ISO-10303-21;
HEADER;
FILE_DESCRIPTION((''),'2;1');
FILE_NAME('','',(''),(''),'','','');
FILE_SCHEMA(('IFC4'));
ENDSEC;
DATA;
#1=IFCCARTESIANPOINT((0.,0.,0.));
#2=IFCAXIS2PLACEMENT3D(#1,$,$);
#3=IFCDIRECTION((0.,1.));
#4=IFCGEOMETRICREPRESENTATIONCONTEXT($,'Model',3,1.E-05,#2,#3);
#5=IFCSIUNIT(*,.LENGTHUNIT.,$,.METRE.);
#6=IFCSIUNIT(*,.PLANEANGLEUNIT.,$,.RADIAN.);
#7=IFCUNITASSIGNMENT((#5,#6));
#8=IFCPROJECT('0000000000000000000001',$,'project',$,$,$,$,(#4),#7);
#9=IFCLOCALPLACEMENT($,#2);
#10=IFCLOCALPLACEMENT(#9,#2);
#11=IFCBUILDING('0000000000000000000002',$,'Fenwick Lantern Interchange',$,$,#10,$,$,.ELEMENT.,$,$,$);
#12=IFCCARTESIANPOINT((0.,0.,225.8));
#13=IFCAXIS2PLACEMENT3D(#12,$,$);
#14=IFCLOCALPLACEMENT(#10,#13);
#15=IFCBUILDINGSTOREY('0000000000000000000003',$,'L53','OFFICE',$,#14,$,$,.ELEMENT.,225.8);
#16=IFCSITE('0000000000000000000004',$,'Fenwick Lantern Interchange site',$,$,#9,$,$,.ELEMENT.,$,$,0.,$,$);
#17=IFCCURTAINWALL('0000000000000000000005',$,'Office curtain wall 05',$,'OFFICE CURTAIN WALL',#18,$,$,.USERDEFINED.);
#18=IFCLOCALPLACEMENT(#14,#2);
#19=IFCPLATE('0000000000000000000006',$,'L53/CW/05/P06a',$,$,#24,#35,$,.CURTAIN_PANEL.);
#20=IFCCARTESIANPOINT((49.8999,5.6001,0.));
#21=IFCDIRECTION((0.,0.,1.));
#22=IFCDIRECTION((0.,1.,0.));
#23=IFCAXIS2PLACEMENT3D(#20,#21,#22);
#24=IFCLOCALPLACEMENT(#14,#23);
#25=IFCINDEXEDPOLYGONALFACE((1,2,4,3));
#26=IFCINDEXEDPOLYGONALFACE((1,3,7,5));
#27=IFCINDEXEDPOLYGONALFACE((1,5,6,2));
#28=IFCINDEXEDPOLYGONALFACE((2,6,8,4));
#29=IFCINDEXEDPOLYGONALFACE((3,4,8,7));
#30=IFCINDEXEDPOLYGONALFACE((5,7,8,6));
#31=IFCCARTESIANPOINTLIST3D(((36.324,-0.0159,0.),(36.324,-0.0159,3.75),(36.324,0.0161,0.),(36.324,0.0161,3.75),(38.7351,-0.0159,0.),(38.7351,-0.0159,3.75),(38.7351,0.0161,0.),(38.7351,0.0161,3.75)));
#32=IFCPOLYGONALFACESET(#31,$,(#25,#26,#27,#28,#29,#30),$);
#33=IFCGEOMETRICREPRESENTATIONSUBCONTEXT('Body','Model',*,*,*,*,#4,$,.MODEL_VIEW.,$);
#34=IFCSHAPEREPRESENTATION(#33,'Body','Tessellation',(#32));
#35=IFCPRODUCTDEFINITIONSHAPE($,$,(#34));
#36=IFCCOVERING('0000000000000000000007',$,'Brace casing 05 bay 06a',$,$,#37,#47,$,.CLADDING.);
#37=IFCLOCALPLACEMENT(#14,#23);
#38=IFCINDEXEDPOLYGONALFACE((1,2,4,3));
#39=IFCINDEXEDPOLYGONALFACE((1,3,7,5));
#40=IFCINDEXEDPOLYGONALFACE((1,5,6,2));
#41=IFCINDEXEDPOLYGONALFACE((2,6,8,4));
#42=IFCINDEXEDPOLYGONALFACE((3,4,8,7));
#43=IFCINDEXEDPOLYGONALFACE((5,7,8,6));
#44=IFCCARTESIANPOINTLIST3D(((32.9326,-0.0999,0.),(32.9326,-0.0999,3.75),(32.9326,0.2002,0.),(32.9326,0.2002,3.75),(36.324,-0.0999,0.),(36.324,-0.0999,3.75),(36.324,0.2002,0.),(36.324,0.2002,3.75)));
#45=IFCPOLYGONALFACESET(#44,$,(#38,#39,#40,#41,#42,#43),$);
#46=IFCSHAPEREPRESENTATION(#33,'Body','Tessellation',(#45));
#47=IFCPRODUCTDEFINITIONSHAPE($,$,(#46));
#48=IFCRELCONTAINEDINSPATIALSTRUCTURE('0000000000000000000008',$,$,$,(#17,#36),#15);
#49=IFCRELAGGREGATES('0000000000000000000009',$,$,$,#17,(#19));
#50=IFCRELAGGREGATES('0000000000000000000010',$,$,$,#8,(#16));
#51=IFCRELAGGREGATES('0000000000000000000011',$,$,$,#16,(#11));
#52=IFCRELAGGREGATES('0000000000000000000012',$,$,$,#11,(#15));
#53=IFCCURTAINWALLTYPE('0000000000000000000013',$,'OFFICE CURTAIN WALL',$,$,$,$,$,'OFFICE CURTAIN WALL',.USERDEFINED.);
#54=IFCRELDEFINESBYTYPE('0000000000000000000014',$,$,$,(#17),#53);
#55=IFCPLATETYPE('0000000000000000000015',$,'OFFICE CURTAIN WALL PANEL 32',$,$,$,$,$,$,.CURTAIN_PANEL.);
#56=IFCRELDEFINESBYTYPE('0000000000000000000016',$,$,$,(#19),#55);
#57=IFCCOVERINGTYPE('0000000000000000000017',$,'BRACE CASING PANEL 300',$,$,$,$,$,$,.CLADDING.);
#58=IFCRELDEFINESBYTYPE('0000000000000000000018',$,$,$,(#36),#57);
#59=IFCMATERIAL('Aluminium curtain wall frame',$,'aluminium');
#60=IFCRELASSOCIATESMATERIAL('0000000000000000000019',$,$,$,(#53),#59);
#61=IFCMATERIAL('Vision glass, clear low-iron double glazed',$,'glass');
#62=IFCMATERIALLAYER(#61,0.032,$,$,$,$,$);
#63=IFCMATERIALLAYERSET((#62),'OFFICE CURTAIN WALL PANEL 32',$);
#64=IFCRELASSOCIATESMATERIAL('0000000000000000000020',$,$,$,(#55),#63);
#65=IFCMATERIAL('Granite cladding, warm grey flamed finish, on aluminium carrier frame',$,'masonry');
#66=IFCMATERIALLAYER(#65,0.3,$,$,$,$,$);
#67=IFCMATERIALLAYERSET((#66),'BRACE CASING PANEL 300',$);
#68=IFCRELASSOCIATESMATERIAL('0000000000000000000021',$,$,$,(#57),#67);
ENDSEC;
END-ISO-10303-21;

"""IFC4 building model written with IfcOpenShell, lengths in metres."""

from ifc_helpers import new_model, si_unit, direction, frame, origin, place, context, subcontext, project, spatial, polyline, outline, extrude, material, layer, layer_set, type_object, element, aggregate, save


model = new_model("IFC4")

# Units and contexts
model_context = context("Model", 3, precision=1e-05, world=origin(), true_north=direction((0.0, 1.0)))
body_context = subcontext(model_context, "Body", "Model", "MODEL_VIEW")
ifc_project = project(units=[si_unit("LENGTHUNIT", "METRE"), si_unit("PLANEANGLEUNIT", "RADIAN")], contexts=[model_context])

# Site, building, storey
site_placement = place(None, origin())
site = spatial("IfcSite", under=ifc_project, at=site_placement, Name="Fenwick Lantern Interchange site", CompositionType="ELEMENT", RefElevation=0.0)
building_placement = place(site_placement, origin())
building = spatial("IfcBuilding", under=site, at=building_placement, Name="Fenwick Lantern Interchange", CompositionType="ELEMENT")
storey_placement = place(building_placement, frame((0.0, 0.0, 225.8)))
storey = spatial("IfcBuildingStorey", under=building, at=storey_placement, Name="L53", Description="OFFICE", CompositionType="ELEMENT", Elevation=225.8)

# Curtain wall, plate
ifc_material_1 = material(Name="Aluminium curtain wall frame", Category="aluminium")
curtain_wall_type = type_object("IfcCurtainWallType", Name="OFFICE CURTAIN WALL", ElementType="OFFICE CURTAIN WALL", PredefinedType="USERDEFINED", material=ifc_material_1)
curtain_wall_placement = place(storey_placement, origin())
curtain_wall = element("IfcCurtainWall", 1, at=curtain_wall_placement, inside=storey, type_object=curtain_wall_type, Name="Office curtain wall 05", ObjectType="OFFICE CURTAIN WALL", PredefinedType="USERDEFINED")
ifc_material_2 = material(Name="Vision glass, clear low-iron double glazed", Category="glass")
ifc_layer_1 = layer(ifc_material_2, 0.032)
ifc_layer_set_1 = layer_set([ifc_layer_1], Name="OFFICE CURTAIN WALL PANEL 32")
plate_type = type_object("IfcPlateType", Name="OFFICE CURTAIN WALL PANEL 32", PredefinedType="CURTAIN_PANEL", material=ifc_layer_set_1)
plate_placement = place(storey_placement, frame((49.8999, 5.6001, 0.0), z_axis=(0.0, 0.0, 1.0), x_axis=(0.0, 1.0, 0.0)))
plate = element("IfcPlate", 2, at=plate_placement, type_object=plate_type, Name="L53/CW/05/P06a", PredefinedType="CURTAIN_PANEL", context=body_context, shape_type="SweptSolid", body=[
    extrude(outline(polyline([(36.324, 0.0), (38.7351, 0.0), (38.7351, 3.75), (36.324, 3.75), (36.324, 0.0)])), frame((0.0, 0.0161, 0.0), z_axis=(0.0, -1.0, 0.0), x_axis=(1.0, 0.0, 0.0)), (0.0, 0.0, 1.0), 0.032),
])
aggregate(curtain_wall, [plate])

# Covering
ifc_material_3 = material(Name="Granite cladding, warm grey flamed finish, on aluminium carrier frame", Category="masonry")
ifc_layer_2 = layer(ifc_material_3, 0.3)
ifc_layer_set_2 = layer_set([ifc_layer_2], Name="BRACE CASING PANEL 300")
covering_type = type_object("IfcCoveringType", Name="BRACE CASING PANEL 300", PredefinedType="CLADDING", material=ifc_layer_set_2)
covering_placement = place(storey_placement, frame((49.8999, 5.6001, 0.0), z_axis=(0.0, 0.0, 1.0), x_axis=(0.0, 1.0, 0.0)))
element("IfcCovering", 3, at=covering_placement, inside=storey, type_object=covering_type, Name="Brace casing 05 bay 06a", PredefinedType="CLADDING", context=body_context, shape_type="SweptSolid", body=[
    extrude(outline(polyline([(32.9326, 0.0), (36.324, 0.0), (36.324, 3.75), (32.9326, 3.75), (32.9326, 0.0)])), frame((0.0, 0.2002, 0.0), z_axis=(0.0, -1.0, 0.0), x_axis=(1.0, 0.0, 0.0)), (0.0, 0.0, 1.0), 0.3),
])

save(model, "model.ifc")
